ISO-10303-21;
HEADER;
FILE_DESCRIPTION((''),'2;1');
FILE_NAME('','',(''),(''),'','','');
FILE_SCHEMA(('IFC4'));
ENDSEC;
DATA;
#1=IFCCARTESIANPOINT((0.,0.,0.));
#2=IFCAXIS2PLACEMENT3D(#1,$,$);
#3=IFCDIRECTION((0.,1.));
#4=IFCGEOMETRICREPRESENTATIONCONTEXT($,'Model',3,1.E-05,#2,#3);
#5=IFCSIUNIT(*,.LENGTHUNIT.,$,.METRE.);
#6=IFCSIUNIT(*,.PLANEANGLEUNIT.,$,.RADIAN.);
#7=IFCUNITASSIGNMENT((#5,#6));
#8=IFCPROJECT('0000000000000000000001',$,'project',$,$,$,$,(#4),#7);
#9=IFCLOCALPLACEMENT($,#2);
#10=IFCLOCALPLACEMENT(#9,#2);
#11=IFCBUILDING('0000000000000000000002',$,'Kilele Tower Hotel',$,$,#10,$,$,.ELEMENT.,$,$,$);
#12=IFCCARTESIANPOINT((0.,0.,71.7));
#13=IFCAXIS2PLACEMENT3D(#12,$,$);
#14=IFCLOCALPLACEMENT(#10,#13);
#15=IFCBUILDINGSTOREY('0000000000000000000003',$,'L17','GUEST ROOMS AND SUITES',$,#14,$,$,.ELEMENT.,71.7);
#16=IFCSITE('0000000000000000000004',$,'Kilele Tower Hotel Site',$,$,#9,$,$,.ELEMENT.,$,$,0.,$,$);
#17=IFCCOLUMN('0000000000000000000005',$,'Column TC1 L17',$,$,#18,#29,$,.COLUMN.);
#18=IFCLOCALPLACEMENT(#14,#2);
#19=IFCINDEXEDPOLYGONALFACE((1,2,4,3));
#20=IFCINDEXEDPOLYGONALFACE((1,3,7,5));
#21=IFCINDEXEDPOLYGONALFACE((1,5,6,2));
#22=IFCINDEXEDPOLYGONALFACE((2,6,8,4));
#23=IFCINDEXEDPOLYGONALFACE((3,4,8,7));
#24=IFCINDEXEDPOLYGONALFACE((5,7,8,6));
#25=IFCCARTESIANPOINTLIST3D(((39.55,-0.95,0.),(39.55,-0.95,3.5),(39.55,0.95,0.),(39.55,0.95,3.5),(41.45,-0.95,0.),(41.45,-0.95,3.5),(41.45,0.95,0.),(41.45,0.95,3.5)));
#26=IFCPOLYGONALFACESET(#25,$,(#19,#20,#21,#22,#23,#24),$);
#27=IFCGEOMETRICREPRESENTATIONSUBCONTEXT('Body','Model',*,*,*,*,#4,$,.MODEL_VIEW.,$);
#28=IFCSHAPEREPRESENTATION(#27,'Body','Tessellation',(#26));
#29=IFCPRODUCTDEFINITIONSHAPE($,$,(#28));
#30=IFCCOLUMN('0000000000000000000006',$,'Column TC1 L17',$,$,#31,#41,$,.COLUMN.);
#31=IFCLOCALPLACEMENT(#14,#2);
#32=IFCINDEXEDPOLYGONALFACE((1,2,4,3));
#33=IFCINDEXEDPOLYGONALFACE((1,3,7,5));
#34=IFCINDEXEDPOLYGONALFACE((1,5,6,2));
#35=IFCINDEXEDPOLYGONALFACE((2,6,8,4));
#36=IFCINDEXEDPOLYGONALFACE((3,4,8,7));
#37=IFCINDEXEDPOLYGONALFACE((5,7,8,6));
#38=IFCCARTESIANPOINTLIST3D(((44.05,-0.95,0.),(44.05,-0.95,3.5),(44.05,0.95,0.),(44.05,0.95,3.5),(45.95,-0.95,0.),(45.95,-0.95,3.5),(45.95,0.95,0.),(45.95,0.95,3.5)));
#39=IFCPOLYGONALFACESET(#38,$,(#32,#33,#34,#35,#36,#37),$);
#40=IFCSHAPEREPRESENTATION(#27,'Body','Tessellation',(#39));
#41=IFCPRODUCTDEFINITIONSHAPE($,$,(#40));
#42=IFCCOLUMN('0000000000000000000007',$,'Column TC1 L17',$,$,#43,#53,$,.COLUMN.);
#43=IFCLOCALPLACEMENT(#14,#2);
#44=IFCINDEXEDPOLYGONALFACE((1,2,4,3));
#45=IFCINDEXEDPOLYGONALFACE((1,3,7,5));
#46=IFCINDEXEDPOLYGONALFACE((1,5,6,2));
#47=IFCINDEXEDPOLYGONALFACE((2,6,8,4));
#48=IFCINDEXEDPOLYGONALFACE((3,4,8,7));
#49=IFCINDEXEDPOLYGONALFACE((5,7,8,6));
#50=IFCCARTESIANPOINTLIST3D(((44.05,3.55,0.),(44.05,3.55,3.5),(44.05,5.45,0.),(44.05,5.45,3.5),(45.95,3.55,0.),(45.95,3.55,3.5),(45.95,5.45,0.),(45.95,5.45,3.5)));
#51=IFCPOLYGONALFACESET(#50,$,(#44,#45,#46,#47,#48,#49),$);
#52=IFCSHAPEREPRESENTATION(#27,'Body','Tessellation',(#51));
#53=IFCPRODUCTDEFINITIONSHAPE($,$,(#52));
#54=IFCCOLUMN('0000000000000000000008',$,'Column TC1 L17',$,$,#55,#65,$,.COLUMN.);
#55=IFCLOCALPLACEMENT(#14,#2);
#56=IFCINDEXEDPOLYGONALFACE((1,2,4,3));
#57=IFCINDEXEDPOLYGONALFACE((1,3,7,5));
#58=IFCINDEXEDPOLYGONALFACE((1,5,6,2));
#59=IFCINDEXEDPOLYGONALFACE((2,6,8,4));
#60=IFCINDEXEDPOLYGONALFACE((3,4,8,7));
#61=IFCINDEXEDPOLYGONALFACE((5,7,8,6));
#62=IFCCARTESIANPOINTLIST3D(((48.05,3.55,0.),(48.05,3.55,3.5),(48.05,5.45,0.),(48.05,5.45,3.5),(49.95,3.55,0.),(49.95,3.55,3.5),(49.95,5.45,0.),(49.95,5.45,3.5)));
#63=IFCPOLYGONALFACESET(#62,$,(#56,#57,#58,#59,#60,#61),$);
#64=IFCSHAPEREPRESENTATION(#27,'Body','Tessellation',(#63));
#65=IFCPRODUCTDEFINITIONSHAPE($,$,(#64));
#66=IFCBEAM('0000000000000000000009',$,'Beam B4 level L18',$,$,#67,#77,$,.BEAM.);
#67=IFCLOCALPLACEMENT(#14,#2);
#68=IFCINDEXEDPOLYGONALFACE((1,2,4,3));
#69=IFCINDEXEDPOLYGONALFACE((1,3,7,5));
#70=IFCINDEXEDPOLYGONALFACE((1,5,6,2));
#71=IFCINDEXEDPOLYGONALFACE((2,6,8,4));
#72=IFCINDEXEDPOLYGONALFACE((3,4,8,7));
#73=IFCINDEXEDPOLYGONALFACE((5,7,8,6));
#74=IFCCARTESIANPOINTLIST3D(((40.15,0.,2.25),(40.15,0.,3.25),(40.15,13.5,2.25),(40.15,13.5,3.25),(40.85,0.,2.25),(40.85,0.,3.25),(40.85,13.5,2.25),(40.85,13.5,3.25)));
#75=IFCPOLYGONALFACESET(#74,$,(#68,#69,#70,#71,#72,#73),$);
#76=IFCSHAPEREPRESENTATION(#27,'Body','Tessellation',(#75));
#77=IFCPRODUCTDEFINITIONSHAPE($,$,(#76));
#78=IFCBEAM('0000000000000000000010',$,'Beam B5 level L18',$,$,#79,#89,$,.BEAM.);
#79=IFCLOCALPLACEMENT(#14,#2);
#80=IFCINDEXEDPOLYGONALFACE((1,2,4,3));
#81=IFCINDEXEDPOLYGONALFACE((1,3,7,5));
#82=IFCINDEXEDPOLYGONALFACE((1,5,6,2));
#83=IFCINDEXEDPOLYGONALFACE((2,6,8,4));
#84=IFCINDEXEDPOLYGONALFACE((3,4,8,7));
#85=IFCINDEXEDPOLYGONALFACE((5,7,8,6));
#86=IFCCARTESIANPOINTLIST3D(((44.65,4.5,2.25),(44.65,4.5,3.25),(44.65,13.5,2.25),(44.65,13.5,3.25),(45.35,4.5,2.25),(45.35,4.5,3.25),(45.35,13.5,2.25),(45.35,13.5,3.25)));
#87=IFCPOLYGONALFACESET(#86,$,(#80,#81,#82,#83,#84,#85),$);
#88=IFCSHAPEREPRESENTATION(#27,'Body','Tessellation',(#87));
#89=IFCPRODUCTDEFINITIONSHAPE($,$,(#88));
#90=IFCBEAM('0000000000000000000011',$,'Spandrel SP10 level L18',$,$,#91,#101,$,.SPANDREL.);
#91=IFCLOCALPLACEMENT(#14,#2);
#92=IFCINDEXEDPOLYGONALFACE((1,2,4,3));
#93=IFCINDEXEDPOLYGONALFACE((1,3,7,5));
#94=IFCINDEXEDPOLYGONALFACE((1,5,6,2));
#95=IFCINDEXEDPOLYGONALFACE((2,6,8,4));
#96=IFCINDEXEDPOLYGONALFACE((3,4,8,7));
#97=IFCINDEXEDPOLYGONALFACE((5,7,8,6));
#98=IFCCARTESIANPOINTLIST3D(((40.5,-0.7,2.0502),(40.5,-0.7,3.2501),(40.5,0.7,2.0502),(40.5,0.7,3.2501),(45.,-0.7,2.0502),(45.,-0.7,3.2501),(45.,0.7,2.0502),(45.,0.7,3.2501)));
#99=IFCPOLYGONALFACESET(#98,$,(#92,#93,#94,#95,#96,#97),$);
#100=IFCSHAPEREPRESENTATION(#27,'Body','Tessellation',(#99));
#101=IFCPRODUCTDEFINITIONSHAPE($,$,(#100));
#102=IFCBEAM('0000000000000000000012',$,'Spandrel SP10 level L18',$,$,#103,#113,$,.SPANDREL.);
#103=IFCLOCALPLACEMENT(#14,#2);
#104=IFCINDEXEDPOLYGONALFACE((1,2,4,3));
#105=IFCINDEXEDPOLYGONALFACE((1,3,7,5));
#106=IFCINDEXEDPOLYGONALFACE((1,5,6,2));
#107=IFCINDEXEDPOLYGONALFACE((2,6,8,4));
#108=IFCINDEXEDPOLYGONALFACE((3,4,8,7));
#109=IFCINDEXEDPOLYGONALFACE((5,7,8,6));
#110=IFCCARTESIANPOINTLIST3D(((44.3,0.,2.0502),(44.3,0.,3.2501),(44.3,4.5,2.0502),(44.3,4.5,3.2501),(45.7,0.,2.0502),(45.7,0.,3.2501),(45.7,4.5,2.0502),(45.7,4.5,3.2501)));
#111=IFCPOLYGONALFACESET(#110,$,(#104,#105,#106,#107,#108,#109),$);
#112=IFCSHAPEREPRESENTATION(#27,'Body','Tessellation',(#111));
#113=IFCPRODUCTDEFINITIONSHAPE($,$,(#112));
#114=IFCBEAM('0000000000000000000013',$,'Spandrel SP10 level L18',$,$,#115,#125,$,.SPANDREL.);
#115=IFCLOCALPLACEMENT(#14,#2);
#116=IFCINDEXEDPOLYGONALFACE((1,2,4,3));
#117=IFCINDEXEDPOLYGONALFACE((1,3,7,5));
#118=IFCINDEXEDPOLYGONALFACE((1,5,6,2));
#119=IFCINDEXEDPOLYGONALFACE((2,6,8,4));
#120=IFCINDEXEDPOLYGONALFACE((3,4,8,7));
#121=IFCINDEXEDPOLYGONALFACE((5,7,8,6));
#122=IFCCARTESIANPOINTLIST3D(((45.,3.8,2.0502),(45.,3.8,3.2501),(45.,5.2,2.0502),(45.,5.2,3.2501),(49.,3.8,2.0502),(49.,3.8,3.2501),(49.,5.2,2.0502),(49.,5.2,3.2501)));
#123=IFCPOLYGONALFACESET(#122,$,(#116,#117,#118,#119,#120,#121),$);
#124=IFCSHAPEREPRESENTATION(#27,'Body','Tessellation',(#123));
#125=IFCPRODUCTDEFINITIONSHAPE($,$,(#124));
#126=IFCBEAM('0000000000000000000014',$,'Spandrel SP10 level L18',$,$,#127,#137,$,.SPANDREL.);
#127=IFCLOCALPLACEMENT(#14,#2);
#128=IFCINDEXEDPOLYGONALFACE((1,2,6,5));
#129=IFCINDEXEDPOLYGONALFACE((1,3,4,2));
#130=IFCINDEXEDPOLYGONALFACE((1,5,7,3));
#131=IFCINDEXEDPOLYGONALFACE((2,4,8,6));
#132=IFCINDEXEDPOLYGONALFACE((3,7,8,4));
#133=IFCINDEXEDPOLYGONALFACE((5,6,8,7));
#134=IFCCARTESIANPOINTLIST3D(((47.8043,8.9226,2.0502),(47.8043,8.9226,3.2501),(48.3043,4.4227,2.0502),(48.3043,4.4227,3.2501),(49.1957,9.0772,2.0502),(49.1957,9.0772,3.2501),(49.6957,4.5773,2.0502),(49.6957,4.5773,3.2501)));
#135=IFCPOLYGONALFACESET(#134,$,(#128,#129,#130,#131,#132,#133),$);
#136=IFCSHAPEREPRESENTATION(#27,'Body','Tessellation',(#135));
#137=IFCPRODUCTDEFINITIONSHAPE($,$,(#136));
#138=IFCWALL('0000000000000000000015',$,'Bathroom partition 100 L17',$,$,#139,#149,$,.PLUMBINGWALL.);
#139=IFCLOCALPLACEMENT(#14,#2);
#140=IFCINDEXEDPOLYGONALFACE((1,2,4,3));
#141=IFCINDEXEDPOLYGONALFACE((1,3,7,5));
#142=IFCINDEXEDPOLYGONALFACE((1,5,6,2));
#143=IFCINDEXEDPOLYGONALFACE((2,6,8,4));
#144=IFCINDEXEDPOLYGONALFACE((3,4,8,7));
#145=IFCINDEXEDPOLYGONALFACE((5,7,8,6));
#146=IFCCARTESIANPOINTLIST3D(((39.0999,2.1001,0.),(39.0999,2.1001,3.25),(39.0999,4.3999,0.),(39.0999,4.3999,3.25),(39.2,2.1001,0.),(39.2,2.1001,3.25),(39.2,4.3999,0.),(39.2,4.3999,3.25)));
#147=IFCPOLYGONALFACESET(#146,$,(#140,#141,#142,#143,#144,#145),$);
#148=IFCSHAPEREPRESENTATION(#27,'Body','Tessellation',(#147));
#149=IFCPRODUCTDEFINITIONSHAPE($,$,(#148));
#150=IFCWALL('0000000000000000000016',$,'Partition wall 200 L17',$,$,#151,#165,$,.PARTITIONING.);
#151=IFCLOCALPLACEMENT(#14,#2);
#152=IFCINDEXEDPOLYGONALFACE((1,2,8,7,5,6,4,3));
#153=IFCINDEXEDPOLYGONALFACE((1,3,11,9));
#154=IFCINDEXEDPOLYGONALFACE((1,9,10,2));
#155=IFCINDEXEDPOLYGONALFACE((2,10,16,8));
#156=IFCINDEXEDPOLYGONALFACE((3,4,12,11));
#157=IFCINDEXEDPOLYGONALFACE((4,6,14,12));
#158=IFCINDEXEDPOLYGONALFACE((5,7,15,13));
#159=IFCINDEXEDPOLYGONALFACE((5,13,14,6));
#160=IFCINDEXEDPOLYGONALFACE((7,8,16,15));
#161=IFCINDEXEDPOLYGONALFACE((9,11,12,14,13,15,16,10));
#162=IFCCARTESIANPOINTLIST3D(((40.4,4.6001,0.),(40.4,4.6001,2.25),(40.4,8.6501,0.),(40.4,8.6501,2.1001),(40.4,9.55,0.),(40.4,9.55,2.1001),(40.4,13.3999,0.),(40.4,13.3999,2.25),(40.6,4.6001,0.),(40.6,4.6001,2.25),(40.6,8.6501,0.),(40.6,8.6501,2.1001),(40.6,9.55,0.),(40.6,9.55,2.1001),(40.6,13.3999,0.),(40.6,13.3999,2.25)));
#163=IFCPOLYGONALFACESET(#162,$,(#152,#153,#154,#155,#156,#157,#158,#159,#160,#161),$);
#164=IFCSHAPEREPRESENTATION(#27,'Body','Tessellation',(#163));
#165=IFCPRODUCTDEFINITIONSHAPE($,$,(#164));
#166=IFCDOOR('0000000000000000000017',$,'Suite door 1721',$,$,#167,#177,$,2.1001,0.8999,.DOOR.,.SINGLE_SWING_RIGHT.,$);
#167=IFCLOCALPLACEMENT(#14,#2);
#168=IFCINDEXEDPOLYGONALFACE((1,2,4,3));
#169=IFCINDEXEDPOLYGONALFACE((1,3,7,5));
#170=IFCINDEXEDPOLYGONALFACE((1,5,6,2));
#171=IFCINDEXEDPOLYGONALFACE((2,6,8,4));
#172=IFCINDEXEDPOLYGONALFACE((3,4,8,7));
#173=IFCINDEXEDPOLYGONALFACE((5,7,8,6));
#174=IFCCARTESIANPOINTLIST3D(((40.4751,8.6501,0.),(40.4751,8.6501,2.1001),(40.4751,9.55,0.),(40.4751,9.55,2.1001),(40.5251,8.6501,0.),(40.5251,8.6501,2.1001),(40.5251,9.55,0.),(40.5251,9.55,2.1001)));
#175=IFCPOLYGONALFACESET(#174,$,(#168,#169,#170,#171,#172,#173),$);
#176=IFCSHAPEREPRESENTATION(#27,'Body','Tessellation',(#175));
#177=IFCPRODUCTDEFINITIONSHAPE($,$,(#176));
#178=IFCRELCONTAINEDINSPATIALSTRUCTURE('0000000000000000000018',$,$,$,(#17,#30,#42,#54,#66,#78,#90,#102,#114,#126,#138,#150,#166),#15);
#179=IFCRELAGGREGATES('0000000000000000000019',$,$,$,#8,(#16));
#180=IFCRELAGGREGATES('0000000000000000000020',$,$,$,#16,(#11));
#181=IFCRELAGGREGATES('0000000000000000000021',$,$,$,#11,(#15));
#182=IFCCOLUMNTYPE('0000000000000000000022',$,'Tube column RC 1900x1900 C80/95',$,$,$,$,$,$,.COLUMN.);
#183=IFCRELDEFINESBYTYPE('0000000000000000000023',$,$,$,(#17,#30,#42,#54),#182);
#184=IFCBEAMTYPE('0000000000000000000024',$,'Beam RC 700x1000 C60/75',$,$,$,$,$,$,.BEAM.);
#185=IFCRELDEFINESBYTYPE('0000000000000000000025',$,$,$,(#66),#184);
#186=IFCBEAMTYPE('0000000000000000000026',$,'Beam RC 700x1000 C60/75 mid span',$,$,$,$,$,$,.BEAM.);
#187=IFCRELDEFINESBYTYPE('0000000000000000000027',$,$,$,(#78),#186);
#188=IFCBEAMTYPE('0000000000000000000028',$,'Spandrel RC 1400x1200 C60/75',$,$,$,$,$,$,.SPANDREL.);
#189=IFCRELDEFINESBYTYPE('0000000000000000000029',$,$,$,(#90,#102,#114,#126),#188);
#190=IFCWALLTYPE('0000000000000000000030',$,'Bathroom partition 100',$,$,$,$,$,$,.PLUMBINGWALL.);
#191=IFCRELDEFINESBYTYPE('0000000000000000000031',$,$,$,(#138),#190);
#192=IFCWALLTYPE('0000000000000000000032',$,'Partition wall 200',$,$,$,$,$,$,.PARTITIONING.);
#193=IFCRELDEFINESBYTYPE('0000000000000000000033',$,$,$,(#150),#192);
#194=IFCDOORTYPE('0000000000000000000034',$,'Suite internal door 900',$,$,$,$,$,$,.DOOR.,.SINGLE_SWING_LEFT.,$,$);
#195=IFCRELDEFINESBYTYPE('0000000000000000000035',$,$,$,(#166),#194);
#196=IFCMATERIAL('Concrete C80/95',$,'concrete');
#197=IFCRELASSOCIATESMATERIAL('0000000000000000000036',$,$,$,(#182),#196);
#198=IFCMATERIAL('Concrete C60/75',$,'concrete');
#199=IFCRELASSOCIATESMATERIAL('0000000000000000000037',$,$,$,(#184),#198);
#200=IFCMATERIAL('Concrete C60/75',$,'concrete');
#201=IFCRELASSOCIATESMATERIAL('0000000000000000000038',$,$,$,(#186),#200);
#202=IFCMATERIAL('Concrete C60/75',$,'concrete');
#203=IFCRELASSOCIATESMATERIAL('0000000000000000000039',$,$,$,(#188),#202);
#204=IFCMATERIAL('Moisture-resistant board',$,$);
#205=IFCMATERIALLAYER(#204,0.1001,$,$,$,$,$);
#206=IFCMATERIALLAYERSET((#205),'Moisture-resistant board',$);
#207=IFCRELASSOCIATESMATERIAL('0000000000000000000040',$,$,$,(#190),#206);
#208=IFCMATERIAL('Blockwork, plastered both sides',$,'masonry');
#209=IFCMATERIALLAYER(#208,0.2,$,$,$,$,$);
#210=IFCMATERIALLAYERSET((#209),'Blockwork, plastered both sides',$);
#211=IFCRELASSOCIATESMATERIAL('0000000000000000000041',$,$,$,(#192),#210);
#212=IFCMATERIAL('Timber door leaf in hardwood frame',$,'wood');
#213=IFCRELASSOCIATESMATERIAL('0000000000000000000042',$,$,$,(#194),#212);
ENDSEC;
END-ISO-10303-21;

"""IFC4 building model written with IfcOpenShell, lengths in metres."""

from ifc_helpers import new_model, si_unit, direction, frame, frame_2d, origin, origin_2d, place, context, subcontext, project, spatial, rectangle, extrude, material, layer, layer_set, material_profile, profile_set, type_object, element, fill, save


model = new_model("IFC4")

# Units and contexts
model_context = context("Model", 3, precision=1e-05, world=origin(), true_north=direction((0.0, 1.0)))
body_context = subcontext(model_context, "Body", "Model", "MODEL_VIEW")
ifc_project = project(units=[si_unit("LENGTHUNIT", "METRE"), si_unit("PLANEANGLEUNIT", "RADIAN")], contexts=[model_context])

# Site, building, storey
site_placement = place(None, origin())
site = spatial("IfcSite", under=ifc_project, at=site_placement, Name="Kilele Tower Hotel Site", CompositionType="ELEMENT", RefElevation=0.0)
building_placement = place(site_placement, origin())
building = spatial("IfcBuilding", under=site, at=building_placement, Name="Kilele Tower Hotel", CompositionType="ELEMENT")
storey_placement = place(building_placement, frame((0.0, 0.0, 71.7)))
storey = spatial("IfcBuildingStorey", under=building, at=storey_placement, Name="L17", Description="GUEST ROOMS AND SUITES", CompositionType="ELEMENT", Elevation=71.7)

# Columns
ifc_material_1 = material(Name="Concrete C80/95", Category="concrete")
ifc_material_profile_1 = material_profile(ifc_material_1, rectangle(XDim=1.8999, YDim=1.8999, at=origin_2d()))
ifc_profile_set_1 = profile_set([ifc_material_profile_1], Name="Concrete C80/95")
column_type = type_object("IfcColumnType", Name="Tube column RC 1900x1900 C80/95", PredefinedType="COLUMN", material=ifc_profile_set_1)
for number, where, z_axis, x_axis, name in (
    (1, (40.5, 0.0, 0.0), (0.0, 0.0, 1.0), (1.0, 0.0, 0.0), "Column TC1 L17"),
    (2, (45.0, 0.0, 0.0), (0.0, 0.0, 1.0), (1.0, 0.0, 0.0), "Column TC1 L17"),
    (3, (45.0, 4.5, 0.0), (0.0, 0.0, 1.0), (1.0, 0.0, 0.0), "Column TC1 L17"),
    (4, (49.0, 4.5, 0.0), (0.0, 0.0, 1.0), (1.0, 0.0, 0.0), "Column TC1 L17"),
):
    element("IfcColumn", number, at=place(storey_placement, frame(where, z_axis=z_axis, x_axis=x_axis)), inside=storey, type_object=column_type, Name=name, PredefinedType="COLUMN", context=body_context, shape_type="SweptSolid", body=[
        extrude(rectangle(XDim=1.8999, YDim=1.8999, at=origin_2d()), origin(), (0.0, 0.0, 1.0), 3.5),
    ])

# Beams
ifc_material_2 = material(Name="Concrete C60/75", Category="concrete")
ifc_material_profile_2 = material_profile(ifc_material_2, rectangle(XDim=0.7, YDim=1.0, at=origin_2d()))
ifc_profile_set_2 = profile_set([ifc_material_profile_2], Name="Concrete C60/75")
beam_type_1 = type_object("IfcBeamType", Name="Beam RC 700x1000 C60/75", PredefinedType="BEAM", material=ifc_profile_set_2)
beam_1_placement = place(storey_placement, frame((40.5, 0.0, 2.75), z_axis=(0.0, 1.0, 0.0), x_axis=(-1.0, 0.0, 0.0)))
element("IfcBeam", 5, at=beam_1_placement, inside=storey, type_object=beam_type_1, Name="Beam B4 level L18", PredefinedType="BEAM", context=body_context, shape_type="SweptSolid", body=[
    extrude(rectangle(XDim=0.7, YDim=1.0, at=origin_2d()), origin(), (0.0, 0.0, 1.0), 13.5),
])
ifc_material_3 = material(Name="Concrete C60/75", Category="concrete")
ifc_material_profile_3 = material_profile(ifc_material_3, rectangle(XDim=0.7, YDim=1.0, at=origin_2d()))
ifc_profile_set_3 = profile_set([ifc_material_profile_3], Name="Concrete C60/75")
beam_type_2 = type_object("IfcBeamType", Name="Beam RC 700x1000 C60/75 mid span", PredefinedType="BEAM", material=ifc_profile_set_3)
beam_2_placement = place(storey_placement, frame((45.0, 4.5, 2.75), z_axis=(0.0, 1.0, 0.0), x_axis=(-1.0, 0.0, 0.0)))
element("IfcBeam", 6, at=beam_2_placement, inside=storey, type_object=beam_type_2, Name="Beam B5 level L18", PredefinedType="BEAM", context=body_context, shape_type="SweptSolid", body=[
    extrude(rectangle(XDim=0.7, YDim=1.0, at=origin_2d()), origin(), (0.0, 0.0, 1.0), 9.0),
])
ifc_material_4 = material(Name="Concrete C60/75", Category="concrete")
ifc_material_profile_4 = material_profile(ifc_material_4, rectangle(XDim=1.3999, YDim=1.2, at=origin_2d()))
ifc_profile_set_4 = profile_set([ifc_material_profile_4], Name="Concrete C60/75")
beam_type_3 = type_object("IfcBeamType", Name="Spandrel RC 1400x1200 C60/75", PredefinedType="SPANDREL", material=ifc_profile_set_4)
for number, where, z_axis, x_axis, name in (
    (7, (40.5, 0.0, 2.6501), (1.0, 0.0, 0.0), (0.0, 1.0, 0.0), "Spandrel SP10 level L18"),
    (8, (45.0, 0.0, 2.6501), (0.0, 1.0, 0.0), (-1.0, 0.0, 0.0), "Spandrel SP10 level L18"),
):
    element("IfcBeam", number, at=place(storey_placement, frame(where, z_axis=z_axis, x_axis=x_axis)), inside=storey, type_object=beam_type_3, Name=name, PredefinedType="SPANDREL", context=body_context, shape_type="SweptSolid", body=[
        extrude(rectangle(XDim=1.3999, YDim=1.2, at=origin_2d()), origin(), (0.0, 0.0, 1.0), 4.5),
    ])
beam_3_placement = place(storey_placement, frame((45.0, 4.5, 2.6501), z_axis=(1.0, 0.0, 0.0), x_axis=(0.0, 1.0, 0.0)))
element("IfcBeam", 9, at=beam_3_placement, inside=storey, type_object=beam_type_3, Name="Spandrel SP10 level L18", PredefinedType="SPANDREL", context=body_context, shape_type="SweptSolid", body=[
    extrude(rectangle(XDim=1.3999, YDim=1.2, at=origin_2d()), origin(), (0.0, 0.0, 1.0), 4.0),
])
beam_4_placement = place(storey_placement, frame((49.0, 4.5, 2.6501), z_axis=(-0.110432, 0.993884, 0.0), x_axis=(-0.993884, -0.110432, 0.0)))
element("IfcBeam", 10, at=beam_4_placement, inside=storey, type_object=beam_type_3, Name="Spandrel SP10 level L18", PredefinedType="SPANDREL", context=body_context, shape_type="SweptSolid", body=[
    extrude(rectangle(XDim=1.3999, YDim=1.2, at=origin_2d()), origin(), (0.0, 0.0, 1.0), 4.5276),
])

# Wall
ifc_material_5 = material(Name="Moisture-resistant board")
ifc_layer_1 = layer(ifc_material_5, 0.1001)
ifc_layer_set_1 = layer_set([ifc_layer_1], Name="Moisture-resistant board")
wall_type_1 = type_object("IfcWallType", Name="Bathroom partition 100", PredefinedType="PLUMBINGWALL", material=ifc_layer_set_1)
wall_1_placement = place(storey_placement, frame((39.1499, 4.3999, 0.0), z_axis=(0.0, 0.0, 1.0), x_axis=(0.0, -1.0, 0.0)))
element("IfcWall", 11, at=wall_1_placement, inside=storey, type_object=wall_type_1, Name="Bathroom partition 100 L17", PredefinedType="PLUMBINGWALL", context=body_context, shape_type="SweptSolid", body=[
    extrude(rectangle(XDim=2.2998, YDim=0.1001, at=frame_2d((1.1499, 0.0))), origin(), (0.0, 0.0, 1.0), 3.25),
])

# Wall, opening, door
ifc_material_6 = material(Name="Blockwork, plastered both sides", Category="masonry")
ifc_layer_2 = layer(ifc_material_6, 0.2)
ifc_layer_set_2 = layer_set([ifc_layer_2], Name="Blockwork, plastered both sides")
wall_type_2 = type_object("IfcWallType", Name="Partition wall 200", PredefinedType="PARTITIONING", material=ifc_layer_set_2)
wall_2_placement = place(storey_placement, frame((40.5, 4.6001, 0.0), z_axis=(0.0, 0.0, 1.0), x_axis=(0.0, 1.0, 0.0)))
wall_2 = element("IfcWall", 12, at=wall_2_placement, inside=storey, type_object=wall_type_2, Name="Partition wall 200 L17", PredefinedType="PARTITIONING", context=body_context, shape_type="SweptSolid", body=[
    extrude(rectangle(XDim=8.7998, YDim=0.2, at=frame_2d((4.3999, 0.0))), origin(), (0.0, 0.0, 1.0), 2.25),
])
opening_1_placement = place(wall_2_placement, frame((4.05, 0.0, 0.0)))
opening_1 = element("IfcOpeningElement", 13, at=opening_1_placement, cuts=wall_2, PredefinedType="OPENING", context=body_context, shape_type="SweptSolid", body=[
    extrude(rectangle(XDim=0.8999, YDim=2.1001, at=frame_2d((0.45, 1.05))), frame((0.0, 0.1099, 0.0), z_axis=(0.0, -1.0, 0.0), x_axis=(1.0, 0.0, 0.0)), (0.0, 0.0, 1.0), 0.22),
])
ifc_material_7 = material(Name="Timber door leaf in hardwood frame", Category="wood")
door_type = type_object("IfcDoorType", Name="Suite internal door 900", OperationType="SINGLE_SWING_LEFT", PredefinedType="DOOR", material=ifc_material_7)
door_placement = place(opening_1_placement, origin())
door = element("IfcDoor", 14, at=door_placement, inside=storey, type_object=door_type, Name="Suite door 1721", OperationType="SINGLE_SWING_RIGHT", OverallHeight=2.1001, OverallWidth=0.8999, PredefinedType="DOOR", context=body_context, shape_type="SweptSolid", body=[
    extrude(rectangle(XDim=0.8999, YDim=2.1001, at=frame_2d((0.45, 1.05))), frame((0.0, 0.0249, 0.0), z_axis=(0.0, -1.0, 0.0), x_axis=(1.0, 0.0, 0.0)), (0.0, 0.0, 1.0), 0.05),
])
fill(opening_1, door)

save(model, "model.ifc")
